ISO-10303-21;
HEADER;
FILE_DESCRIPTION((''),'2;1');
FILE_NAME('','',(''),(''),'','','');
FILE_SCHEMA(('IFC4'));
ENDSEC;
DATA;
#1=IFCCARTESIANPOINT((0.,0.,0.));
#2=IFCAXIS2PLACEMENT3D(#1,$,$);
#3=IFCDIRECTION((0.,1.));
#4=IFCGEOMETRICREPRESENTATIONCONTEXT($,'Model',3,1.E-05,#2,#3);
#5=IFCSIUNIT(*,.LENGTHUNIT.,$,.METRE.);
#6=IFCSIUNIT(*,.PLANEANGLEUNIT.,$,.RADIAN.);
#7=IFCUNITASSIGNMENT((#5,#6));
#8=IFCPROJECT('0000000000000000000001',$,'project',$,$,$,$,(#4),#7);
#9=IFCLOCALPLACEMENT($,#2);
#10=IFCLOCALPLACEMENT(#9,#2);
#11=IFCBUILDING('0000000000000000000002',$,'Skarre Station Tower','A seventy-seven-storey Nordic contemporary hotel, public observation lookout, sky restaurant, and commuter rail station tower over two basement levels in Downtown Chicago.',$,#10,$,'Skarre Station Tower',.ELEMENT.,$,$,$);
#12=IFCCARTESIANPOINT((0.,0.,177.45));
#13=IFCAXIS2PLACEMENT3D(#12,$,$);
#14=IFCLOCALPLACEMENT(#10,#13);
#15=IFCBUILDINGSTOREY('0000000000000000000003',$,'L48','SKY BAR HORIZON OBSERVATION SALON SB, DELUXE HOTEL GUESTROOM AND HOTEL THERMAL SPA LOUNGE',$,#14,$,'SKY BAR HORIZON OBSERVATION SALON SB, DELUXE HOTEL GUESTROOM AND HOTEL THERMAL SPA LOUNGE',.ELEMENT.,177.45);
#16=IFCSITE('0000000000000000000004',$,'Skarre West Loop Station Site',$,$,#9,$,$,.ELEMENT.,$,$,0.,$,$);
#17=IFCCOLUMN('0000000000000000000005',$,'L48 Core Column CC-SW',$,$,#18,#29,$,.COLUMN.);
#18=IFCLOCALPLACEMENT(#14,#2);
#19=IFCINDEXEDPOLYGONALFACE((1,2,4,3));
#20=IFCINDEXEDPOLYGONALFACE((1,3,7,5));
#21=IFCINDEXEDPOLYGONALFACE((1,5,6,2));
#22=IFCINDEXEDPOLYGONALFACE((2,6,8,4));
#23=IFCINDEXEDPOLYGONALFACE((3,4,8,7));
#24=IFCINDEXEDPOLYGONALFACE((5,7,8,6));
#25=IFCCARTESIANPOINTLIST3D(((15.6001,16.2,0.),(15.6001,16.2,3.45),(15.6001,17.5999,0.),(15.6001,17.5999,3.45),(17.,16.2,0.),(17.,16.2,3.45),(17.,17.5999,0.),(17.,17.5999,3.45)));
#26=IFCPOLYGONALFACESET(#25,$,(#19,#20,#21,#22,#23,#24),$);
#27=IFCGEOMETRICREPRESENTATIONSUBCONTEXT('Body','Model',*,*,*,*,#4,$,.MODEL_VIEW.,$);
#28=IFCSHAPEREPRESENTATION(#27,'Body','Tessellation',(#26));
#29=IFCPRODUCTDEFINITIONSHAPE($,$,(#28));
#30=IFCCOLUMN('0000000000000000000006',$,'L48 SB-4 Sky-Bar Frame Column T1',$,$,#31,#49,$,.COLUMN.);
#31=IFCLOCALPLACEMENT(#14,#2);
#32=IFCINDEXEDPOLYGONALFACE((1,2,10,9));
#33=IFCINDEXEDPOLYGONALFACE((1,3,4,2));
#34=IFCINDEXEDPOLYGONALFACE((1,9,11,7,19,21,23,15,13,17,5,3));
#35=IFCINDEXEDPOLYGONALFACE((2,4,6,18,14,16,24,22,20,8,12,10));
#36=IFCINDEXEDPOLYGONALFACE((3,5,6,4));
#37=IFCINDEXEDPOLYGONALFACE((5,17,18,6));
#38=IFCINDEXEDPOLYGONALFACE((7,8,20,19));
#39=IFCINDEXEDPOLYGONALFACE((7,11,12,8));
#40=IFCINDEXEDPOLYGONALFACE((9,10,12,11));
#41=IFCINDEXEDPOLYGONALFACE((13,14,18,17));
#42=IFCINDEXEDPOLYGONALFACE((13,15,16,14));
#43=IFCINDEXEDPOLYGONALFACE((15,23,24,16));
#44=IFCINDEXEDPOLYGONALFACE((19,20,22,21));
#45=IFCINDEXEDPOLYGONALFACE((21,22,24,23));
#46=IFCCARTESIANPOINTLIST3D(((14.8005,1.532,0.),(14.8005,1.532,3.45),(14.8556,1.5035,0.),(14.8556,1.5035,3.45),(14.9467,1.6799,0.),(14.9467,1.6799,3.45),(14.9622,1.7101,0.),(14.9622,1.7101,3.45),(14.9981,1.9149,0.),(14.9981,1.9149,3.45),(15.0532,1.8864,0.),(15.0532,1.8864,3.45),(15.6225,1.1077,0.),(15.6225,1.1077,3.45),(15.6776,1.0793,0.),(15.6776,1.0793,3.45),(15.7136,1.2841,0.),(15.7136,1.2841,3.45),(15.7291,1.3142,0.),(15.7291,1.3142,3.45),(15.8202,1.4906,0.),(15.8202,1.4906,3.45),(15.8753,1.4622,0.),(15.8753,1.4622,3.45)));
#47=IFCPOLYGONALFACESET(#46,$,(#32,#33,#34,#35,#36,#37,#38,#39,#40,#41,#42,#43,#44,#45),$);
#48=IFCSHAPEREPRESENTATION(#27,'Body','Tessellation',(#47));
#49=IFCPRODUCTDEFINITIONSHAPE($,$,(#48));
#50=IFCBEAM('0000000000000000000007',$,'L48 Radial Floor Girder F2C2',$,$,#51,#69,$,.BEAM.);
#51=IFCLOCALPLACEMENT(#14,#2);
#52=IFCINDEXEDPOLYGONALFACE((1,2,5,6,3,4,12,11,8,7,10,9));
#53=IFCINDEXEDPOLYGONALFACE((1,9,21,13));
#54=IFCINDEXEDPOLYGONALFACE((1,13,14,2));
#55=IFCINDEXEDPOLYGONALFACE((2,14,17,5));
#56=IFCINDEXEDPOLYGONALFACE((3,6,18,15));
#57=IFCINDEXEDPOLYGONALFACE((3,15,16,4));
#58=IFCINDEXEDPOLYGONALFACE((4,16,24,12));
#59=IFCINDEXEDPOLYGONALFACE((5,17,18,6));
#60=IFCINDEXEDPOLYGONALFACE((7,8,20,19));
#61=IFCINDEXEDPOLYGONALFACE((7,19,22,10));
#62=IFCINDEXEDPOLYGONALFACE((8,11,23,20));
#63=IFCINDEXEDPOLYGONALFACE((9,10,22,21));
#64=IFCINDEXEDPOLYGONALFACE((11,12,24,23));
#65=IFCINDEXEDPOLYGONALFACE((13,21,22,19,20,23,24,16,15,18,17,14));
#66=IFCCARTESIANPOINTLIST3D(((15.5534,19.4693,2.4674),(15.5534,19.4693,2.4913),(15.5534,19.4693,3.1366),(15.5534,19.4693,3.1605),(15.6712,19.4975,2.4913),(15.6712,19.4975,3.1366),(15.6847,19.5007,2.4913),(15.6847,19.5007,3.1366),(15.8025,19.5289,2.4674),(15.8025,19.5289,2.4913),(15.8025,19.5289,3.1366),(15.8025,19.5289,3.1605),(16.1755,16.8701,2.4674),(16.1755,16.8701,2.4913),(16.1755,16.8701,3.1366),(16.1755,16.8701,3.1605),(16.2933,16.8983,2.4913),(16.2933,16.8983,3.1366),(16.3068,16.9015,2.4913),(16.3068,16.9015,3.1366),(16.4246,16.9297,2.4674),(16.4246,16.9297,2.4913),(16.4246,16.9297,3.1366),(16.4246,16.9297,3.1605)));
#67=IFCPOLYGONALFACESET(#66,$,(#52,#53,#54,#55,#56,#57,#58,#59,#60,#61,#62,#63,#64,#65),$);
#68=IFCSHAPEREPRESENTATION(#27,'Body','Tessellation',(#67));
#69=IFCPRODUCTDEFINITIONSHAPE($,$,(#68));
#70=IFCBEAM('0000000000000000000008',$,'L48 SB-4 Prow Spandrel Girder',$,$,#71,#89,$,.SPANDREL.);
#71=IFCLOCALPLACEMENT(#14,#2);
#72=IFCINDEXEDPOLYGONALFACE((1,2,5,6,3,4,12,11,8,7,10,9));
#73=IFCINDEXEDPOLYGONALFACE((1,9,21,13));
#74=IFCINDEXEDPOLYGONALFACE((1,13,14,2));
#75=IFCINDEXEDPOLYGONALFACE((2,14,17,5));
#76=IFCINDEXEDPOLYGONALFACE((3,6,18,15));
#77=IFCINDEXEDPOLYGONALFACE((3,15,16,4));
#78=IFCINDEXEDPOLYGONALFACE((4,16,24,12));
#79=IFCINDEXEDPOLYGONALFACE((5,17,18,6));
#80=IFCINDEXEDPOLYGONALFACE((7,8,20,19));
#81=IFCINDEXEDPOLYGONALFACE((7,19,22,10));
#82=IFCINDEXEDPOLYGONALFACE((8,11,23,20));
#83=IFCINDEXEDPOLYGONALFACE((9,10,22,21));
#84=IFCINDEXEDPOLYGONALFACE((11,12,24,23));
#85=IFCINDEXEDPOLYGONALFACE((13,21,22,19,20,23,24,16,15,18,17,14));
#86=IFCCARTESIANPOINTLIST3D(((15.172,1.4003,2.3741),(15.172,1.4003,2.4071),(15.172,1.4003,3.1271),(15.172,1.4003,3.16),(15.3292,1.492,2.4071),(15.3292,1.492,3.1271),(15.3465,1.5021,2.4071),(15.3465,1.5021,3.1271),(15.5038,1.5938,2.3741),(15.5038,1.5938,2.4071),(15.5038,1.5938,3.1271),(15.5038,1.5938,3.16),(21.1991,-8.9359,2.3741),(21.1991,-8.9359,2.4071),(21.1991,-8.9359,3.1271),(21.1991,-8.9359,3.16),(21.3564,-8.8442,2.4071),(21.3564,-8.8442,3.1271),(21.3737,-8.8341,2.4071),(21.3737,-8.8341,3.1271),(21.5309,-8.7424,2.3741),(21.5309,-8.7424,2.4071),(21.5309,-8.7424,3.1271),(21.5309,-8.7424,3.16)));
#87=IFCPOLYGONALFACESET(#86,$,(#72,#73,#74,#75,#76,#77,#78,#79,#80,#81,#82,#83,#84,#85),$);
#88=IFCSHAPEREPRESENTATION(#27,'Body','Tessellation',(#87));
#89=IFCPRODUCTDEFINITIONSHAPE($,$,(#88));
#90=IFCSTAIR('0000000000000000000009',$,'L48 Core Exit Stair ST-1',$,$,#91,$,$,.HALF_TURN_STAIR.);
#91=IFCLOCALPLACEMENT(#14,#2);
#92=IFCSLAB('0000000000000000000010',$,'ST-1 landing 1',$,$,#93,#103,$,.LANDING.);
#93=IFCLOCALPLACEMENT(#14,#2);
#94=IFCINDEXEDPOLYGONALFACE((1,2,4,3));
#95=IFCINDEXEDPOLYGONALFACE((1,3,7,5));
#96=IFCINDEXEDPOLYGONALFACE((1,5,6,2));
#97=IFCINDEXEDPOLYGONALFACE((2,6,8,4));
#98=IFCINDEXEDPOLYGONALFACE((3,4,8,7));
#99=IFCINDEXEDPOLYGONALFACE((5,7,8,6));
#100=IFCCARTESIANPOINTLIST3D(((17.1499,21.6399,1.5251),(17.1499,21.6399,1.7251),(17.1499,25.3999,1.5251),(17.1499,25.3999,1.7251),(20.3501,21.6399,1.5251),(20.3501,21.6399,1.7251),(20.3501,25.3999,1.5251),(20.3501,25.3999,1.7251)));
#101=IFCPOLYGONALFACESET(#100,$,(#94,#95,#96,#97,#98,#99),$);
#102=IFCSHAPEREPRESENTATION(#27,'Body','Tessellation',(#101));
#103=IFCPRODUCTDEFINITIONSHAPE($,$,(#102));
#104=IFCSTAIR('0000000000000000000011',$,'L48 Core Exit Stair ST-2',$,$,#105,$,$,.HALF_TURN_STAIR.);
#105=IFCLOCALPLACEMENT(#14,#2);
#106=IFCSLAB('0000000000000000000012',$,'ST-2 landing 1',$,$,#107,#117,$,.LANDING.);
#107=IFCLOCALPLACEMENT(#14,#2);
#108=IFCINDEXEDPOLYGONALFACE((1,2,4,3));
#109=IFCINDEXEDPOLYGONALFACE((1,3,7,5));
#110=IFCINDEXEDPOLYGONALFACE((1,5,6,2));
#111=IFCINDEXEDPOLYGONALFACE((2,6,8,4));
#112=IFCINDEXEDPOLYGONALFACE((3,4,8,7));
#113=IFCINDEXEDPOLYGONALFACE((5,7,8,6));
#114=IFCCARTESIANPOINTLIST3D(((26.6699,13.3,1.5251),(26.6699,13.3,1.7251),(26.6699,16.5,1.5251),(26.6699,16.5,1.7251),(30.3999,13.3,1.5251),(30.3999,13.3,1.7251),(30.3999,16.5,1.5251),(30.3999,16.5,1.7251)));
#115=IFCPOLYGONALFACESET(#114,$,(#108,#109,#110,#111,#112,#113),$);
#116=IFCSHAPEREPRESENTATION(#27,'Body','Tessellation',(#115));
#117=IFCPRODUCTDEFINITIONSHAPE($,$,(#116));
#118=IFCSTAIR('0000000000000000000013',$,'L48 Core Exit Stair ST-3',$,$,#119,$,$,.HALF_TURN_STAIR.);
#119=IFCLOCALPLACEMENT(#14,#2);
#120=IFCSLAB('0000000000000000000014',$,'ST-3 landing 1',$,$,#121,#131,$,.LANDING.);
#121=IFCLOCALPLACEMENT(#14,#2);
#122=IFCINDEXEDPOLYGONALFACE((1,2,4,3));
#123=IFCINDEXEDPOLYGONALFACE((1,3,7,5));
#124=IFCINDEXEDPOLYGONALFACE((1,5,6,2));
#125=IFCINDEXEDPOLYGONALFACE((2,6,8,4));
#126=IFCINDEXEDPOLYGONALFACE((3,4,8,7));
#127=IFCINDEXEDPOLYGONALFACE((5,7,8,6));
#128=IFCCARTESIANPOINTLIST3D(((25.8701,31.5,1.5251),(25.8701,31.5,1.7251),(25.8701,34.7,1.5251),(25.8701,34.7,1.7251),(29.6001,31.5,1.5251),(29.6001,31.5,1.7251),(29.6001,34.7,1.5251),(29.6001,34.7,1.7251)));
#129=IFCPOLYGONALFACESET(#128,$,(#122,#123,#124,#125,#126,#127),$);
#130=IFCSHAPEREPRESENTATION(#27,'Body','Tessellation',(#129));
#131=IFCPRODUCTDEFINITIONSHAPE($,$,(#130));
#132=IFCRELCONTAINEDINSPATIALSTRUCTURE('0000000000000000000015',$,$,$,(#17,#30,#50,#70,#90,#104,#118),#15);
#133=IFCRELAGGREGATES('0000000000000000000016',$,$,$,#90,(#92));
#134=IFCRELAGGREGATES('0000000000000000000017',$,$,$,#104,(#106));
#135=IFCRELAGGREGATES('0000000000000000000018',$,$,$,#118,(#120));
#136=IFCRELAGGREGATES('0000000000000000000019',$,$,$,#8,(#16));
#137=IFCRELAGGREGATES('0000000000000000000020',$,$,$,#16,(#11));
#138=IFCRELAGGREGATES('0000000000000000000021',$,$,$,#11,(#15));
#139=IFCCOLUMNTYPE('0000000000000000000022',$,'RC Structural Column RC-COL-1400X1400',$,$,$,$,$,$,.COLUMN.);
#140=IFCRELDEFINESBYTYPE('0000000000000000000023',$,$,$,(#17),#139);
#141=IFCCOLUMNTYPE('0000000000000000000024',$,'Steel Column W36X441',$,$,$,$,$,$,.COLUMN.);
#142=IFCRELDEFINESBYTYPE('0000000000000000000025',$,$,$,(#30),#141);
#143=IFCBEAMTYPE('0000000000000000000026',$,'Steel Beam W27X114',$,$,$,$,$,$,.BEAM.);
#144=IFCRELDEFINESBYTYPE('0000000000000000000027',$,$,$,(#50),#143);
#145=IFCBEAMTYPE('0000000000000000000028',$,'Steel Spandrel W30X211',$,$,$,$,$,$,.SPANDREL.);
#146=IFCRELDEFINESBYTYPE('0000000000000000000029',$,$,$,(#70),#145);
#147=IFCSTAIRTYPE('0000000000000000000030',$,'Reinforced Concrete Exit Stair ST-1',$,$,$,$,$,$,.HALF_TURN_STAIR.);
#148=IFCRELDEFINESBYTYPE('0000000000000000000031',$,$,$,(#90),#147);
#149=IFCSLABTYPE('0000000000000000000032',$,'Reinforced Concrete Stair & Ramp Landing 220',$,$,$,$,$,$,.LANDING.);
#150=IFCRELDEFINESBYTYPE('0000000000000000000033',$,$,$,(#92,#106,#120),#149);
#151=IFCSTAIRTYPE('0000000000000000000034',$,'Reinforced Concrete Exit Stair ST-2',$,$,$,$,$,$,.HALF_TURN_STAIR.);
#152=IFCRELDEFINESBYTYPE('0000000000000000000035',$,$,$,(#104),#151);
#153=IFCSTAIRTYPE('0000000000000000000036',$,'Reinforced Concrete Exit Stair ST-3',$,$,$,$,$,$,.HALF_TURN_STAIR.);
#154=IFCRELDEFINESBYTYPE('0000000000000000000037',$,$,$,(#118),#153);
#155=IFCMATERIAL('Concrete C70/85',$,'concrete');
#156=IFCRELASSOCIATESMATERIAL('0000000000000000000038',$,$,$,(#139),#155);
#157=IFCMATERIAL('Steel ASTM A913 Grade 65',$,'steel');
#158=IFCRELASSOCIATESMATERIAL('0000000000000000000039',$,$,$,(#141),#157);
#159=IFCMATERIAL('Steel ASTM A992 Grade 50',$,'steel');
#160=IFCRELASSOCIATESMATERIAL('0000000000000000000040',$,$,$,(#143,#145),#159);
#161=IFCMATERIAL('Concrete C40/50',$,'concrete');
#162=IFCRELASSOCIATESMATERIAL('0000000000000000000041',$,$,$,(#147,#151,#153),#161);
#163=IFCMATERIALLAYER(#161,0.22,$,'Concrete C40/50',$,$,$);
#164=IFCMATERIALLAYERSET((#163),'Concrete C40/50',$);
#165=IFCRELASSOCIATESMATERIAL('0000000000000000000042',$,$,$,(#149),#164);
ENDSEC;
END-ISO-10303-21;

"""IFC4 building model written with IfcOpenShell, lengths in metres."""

from ifc_helpers import new_model, si_unit, direction, frame, origin, origin_2d, place, context, subcontext, project, spatial, polyline, rectangle, i_section, outline, extrude, material, layer, layer_set, material_profile, profile_set, type_object, element, aggregate, save


model = new_model("IFC4")

# Units and contexts
model_context = context("Model", 3, precision=1e-05, world=origin(), true_north=direction((0.0, 1.0)))
body_context = subcontext(model_context, "Body", "Model", "MODEL_VIEW")
ifc_project = project(units=[si_unit("LENGTHUNIT", "METRE"), si_unit("PLANEANGLEUNIT", "RADIAN")], contexts=[model_context])

# Site, building, storey
site_placement = place(None, origin())
site = spatial("IfcSite", under=ifc_project, at=site_placement, Name="Skarre West Loop Station Site", CompositionType="ELEMENT", RefElevation=0.0)
building_placement = place(site_placement, origin())
building = spatial("IfcBuilding", under=site, at=building_placement, Name="Skarre Station Tower", Description="A seventy-seven-storey Nordic contemporary hotel, public observation lookout, sky restaurant, and commuter rail station tower over two basement levels in Downtown Chicago.", LongName="Skarre Station Tower", CompositionType="ELEMENT")
storey_placement = place(building_placement, frame((0.0, 0.0, 177.45)))
storey = spatial("IfcBuildingStorey", under=building, at=storey_placement, Name="L48", Description="SKY BAR HORIZON OBSERVATION SALON SB, DELUXE HOTEL GUESTROOM AND HOTEL THERMAL SPA LOUNGE", LongName="SKY BAR HORIZON OBSERVATION SALON SB, DELUXE HOTEL GUESTROOM AND HOTEL THERMAL SPA LOUNGE", CompositionType="ELEMENT", Elevation=177.45)

# Columns
ifc_material_1 = material(Name="Concrete C70/85", Category="concrete")
ifc_material_profile_1 = material_profile(ifc_material_1, rectangle(XDim=1.3999, YDim=1.3999, at=origin_2d()), Name="Concrete C70/85")
ifc_profile_set_1 = profile_set([ifc_material_profile_1], Name="Concrete C70/85")
column_type_1 = type_object("IfcColumnType", Name="RC Structural Column RC-COL-1400X1400", PredefinedType="COLUMN", material=ifc_profile_set_1)
column_1_placement = place(storey_placement, frame((16.3, 16.8999, 0.0), z_axis=(0.0, 0.0, 1.0), x_axis=(1.0, 0.0, 0.0)))
element("IfcColumn", 1, at=column_1_placement, inside=storey, type_object=column_type_1, Name="L48 Core Column CC-SW", PredefinedType="COLUMN", context=body_context, shape_type="SweptSolid", body=[
    extrude(rectangle(XDim=1.3999, YDim=1.3999, at=origin_2d()), origin(), (0.0, 0.0, 1.0), 3.45),
])
ifc_material_2 = material(Name="Steel ASTM A913 Grade 65", Category="steel")
ifc_material_profile_2 = material_profile(ifc_material_2, i_section(OverallWidth=0.4309, OverallDepth=0.9871, WebThickness=0.0339, FlangeThickness=0.062, at=origin_2d()), Name="Steel ASTM A913 Grade 65")
ifc_profile_set_2 = profile_set([ifc_material_profile_2], Name="Steel ASTM A913 Grade 65")
column_type_2 = type_object("IfcColumnType", Name="Steel Column W36X441", PredefinedType="COLUMN", material=ifc_profile_set_2)
column_2_placement = place(storey_placement, frame((15.3379, 1.4971, 0.0), z_axis=(0.0, 0.0, 1.0), x_axis=(-0.458634, -0.888625, 0.0)))
element("IfcColumn", 2, at=column_2_placement, inside=storey, type_object=column_type_2, Name="L48 SB-4 Sky-Bar Frame Column T1", PredefinedType="COLUMN", context=body_context, shape_type="SweptSolid", body=[
    extrude(i_section(OverallWidth=0.4309, OverallDepth=0.9871, WebThickness=0.0339, FlangeThickness=0.062, at=origin_2d()), origin(), (0.0, 0.0, 1.0), 3.45),
])

# Beams
ifc_material_3 = material(Name="Steel ASTM A992 Grade 50", Category="steel")
ifc_material_profile_3 = material_profile(ifc_material_3, i_section(OverallWidth=0.2561, OverallDepth=0.6931, WebThickness=0.0139, FlangeThickness=0.0239, at=origin_2d()), Name="Steel ASTM A992 Grade 50")
ifc_profile_set_3 = profile_set([ifc_material_profile_3], Name="Steel ASTM A992 Grade 50")
beam_type_1 = type_object("IfcBeamType", Name="Steel Beam W27X114", PredefinedType="BEAM", material=ifc_profile_set_3)
beam_1_placement = place(storey_placement, frame((16.3, 16.8999, 2.814), z_axis=(-0.232765, 0.972533, 0.0), x_axis=(-0.972533, -0.232765, 0.0)))
element("IfcBeam", 3, at=beam_1_placement, inside=storey, type_object=beam_type_1, Name="L48 Radial Floor Girder F2C2", PredefinedType="BEAM", context=body_context, shape_type="SweptSolid", body=[
    extrude(i_section(OverallWidth=0.2561, OverallDepth=0.6931, WebThickness=0.0139, FlangeThickness=0.0239, at=origin_2d()), origin(), (0.0, 0.0, 1.0), 2.6726),
])
ifc_material_profile_4 = material_profile(ifc_material_3, i_section(OverallWidth=0.384, OverallDepth=0.7859, WebThickness=0.02, FlangeThickness=0.033, at=origin_2d()), Name="Steel ASTM A992 Grade 50")
ifc_profile_set_4 = profile_set([ifc_material_profile_4], Name="Steel ASTM A992 Grade 50")
beam_type_2 = type_object("IfcBeamType", Name="Steel Spandrel W30X211", PredefinedType="SPANDREL", material=ifc_profile_set_4)
beam_2_placement = place(storey_placement, frame((15.3379, 1.4971, 2.7671), z_axis=(0.503725, -0.863864, 0.0), x_axis=(0.863864, 0.503725, 0.0)))
element("IfcBeam", 4, at=beam_2_placement, inside=storey, type_object=beam_type_2, Name="L48 SB-4 Prow Spandrel Girder", PredefinedType="SPANDREL", context=body_context, shape_type="SweptSolid", body=[
    extrude(i_section(OverallWidth=0.384, OverallDepth=0.7859, WebThickness=0.02, FlangeThickness=0.033, at=origin_2d()), origin(), (0.0, 0.0, 1.0), 11.9651),
])

# Stairs, slabs
ifc_material_4 = material(Name="Concrete C40/50", Category="concrete")
stair_type_1 = type_object("IfcStairType", Name="Reinforced Concrete Exit Stair ST-1", PredefinedType="HALF_TURN_STAIR", material=ifc_material_4)
stair_1_placement = place(storey_placement, origin())
stair_1 = element("IfcStair", 5, at=stair_1_placement, inside=storey, type_object=stair_type_1, Name="L48 Core Exit Stair ST-1", PredefinedType="HALF_TURN_STAIR")
ifc_layer_1 = layer(ifc_material_4, 0.22, Name="Concrete C40/50")
ifc_layer_set_1 = layer_set([ifc_layer_1], Name="Concrete C40/50")
slab_type_1 = type_object("IfcSlabType", Name="Reinforced Concrete Stair & Ramp Landing 220", PredefinedType="LANDING", material=ifc_layer_set_1)
slab_1_placement = place(storey_placement, frame((0.0, 0.0, 1.5251)))
slab_1 = element("IfcSlab", 6, at=slab_1_placement, type_object=slab_type_1, Name="ST-1 landing 1", PredefinedType="LANDING", context=body_context, shape_type="SweptSolid", body=[
    extrude(outline(polyline([(20.3501, 21.6399), (20.3501, 25.3999), (17.1499, 25.3999), (17.1499, 21.6399), (20.3501, 21.6399)])), origin(), (0.0, 0.0, 1.0), 0.2),
])
aggregate(stair_1, [slab_1])
stair_type_2 = type_object("IfcStairType", Name="Reinforced Concrete Exit Stair ST-2", PredefinedType="HALF_TURN_STAIR", material=ifc_material_4)
stair_2_placement = place(storey_placement, origin())
stair_2 = element("IfcStair", 7, at=stair_2_placement, inside=storey, type_object=stair_type_2, Name="L48 Core Exit Stair ST-2", PredefinedType="HALF_TURN_STAIR")
slab_2_placement = place(storey_placement, frame((0.0, 0.0, 1.5251)))
slab_2 = element("IfcSlab", 8, at=slab_2_placement, type_object=slab_type_1, Name="ST-2 landing 1", PredefinedType="LANDING", context=body_context, shape_type="SweptSolid", body=[
    extrude(outline(polyline([(26.6699, 13.3), (30.3999, 13.3), (30.3999, 16.5), (26.6699, 16.5), (26.6699, 13.3)])), origin(), (0.0, 0.0, 1.0), 0.2),
])
aggregate(stair_2, [slab_2])
stair_type_3 = type_object("IfcStairType", Name="Reinforced Concrete Exit Stair ST-3", PredefinedType="HALF_TURN_STAIR", material=ifc_material_4)
stair_3_placement = place(storey_placement, origin())
stair_3 = element("IfcStair", 9, at=stair_3_placement, inside=storey, type_object=stair_type_3, Name="L48 Core Exit Stair ST-3", PredefinedType="HALF_TURN_STAIR")
slab_3_placement = place(storey_placement, frame((0.0, 0.0, 1.5251)))
slab_3 = element("IfcSlab", 10, at=slab_3_placement, type_object=slab_type_1, Name="ST-3 landing 1", PredefinedType="LANDING", context=body_context, shape_type="SweptSolid", body=[
    extrude(outline(polyline([(25.8701, 31.5), (29.6001, 31.5), (29.6001, 34.7), (25.8701, 34.7), (25.8701, 31.5)])), origin(), (0.0, 0.0, 1.0), 0.2),
])
aggregate(stair_3, [slab_3])

save(model, "model.ifc")
